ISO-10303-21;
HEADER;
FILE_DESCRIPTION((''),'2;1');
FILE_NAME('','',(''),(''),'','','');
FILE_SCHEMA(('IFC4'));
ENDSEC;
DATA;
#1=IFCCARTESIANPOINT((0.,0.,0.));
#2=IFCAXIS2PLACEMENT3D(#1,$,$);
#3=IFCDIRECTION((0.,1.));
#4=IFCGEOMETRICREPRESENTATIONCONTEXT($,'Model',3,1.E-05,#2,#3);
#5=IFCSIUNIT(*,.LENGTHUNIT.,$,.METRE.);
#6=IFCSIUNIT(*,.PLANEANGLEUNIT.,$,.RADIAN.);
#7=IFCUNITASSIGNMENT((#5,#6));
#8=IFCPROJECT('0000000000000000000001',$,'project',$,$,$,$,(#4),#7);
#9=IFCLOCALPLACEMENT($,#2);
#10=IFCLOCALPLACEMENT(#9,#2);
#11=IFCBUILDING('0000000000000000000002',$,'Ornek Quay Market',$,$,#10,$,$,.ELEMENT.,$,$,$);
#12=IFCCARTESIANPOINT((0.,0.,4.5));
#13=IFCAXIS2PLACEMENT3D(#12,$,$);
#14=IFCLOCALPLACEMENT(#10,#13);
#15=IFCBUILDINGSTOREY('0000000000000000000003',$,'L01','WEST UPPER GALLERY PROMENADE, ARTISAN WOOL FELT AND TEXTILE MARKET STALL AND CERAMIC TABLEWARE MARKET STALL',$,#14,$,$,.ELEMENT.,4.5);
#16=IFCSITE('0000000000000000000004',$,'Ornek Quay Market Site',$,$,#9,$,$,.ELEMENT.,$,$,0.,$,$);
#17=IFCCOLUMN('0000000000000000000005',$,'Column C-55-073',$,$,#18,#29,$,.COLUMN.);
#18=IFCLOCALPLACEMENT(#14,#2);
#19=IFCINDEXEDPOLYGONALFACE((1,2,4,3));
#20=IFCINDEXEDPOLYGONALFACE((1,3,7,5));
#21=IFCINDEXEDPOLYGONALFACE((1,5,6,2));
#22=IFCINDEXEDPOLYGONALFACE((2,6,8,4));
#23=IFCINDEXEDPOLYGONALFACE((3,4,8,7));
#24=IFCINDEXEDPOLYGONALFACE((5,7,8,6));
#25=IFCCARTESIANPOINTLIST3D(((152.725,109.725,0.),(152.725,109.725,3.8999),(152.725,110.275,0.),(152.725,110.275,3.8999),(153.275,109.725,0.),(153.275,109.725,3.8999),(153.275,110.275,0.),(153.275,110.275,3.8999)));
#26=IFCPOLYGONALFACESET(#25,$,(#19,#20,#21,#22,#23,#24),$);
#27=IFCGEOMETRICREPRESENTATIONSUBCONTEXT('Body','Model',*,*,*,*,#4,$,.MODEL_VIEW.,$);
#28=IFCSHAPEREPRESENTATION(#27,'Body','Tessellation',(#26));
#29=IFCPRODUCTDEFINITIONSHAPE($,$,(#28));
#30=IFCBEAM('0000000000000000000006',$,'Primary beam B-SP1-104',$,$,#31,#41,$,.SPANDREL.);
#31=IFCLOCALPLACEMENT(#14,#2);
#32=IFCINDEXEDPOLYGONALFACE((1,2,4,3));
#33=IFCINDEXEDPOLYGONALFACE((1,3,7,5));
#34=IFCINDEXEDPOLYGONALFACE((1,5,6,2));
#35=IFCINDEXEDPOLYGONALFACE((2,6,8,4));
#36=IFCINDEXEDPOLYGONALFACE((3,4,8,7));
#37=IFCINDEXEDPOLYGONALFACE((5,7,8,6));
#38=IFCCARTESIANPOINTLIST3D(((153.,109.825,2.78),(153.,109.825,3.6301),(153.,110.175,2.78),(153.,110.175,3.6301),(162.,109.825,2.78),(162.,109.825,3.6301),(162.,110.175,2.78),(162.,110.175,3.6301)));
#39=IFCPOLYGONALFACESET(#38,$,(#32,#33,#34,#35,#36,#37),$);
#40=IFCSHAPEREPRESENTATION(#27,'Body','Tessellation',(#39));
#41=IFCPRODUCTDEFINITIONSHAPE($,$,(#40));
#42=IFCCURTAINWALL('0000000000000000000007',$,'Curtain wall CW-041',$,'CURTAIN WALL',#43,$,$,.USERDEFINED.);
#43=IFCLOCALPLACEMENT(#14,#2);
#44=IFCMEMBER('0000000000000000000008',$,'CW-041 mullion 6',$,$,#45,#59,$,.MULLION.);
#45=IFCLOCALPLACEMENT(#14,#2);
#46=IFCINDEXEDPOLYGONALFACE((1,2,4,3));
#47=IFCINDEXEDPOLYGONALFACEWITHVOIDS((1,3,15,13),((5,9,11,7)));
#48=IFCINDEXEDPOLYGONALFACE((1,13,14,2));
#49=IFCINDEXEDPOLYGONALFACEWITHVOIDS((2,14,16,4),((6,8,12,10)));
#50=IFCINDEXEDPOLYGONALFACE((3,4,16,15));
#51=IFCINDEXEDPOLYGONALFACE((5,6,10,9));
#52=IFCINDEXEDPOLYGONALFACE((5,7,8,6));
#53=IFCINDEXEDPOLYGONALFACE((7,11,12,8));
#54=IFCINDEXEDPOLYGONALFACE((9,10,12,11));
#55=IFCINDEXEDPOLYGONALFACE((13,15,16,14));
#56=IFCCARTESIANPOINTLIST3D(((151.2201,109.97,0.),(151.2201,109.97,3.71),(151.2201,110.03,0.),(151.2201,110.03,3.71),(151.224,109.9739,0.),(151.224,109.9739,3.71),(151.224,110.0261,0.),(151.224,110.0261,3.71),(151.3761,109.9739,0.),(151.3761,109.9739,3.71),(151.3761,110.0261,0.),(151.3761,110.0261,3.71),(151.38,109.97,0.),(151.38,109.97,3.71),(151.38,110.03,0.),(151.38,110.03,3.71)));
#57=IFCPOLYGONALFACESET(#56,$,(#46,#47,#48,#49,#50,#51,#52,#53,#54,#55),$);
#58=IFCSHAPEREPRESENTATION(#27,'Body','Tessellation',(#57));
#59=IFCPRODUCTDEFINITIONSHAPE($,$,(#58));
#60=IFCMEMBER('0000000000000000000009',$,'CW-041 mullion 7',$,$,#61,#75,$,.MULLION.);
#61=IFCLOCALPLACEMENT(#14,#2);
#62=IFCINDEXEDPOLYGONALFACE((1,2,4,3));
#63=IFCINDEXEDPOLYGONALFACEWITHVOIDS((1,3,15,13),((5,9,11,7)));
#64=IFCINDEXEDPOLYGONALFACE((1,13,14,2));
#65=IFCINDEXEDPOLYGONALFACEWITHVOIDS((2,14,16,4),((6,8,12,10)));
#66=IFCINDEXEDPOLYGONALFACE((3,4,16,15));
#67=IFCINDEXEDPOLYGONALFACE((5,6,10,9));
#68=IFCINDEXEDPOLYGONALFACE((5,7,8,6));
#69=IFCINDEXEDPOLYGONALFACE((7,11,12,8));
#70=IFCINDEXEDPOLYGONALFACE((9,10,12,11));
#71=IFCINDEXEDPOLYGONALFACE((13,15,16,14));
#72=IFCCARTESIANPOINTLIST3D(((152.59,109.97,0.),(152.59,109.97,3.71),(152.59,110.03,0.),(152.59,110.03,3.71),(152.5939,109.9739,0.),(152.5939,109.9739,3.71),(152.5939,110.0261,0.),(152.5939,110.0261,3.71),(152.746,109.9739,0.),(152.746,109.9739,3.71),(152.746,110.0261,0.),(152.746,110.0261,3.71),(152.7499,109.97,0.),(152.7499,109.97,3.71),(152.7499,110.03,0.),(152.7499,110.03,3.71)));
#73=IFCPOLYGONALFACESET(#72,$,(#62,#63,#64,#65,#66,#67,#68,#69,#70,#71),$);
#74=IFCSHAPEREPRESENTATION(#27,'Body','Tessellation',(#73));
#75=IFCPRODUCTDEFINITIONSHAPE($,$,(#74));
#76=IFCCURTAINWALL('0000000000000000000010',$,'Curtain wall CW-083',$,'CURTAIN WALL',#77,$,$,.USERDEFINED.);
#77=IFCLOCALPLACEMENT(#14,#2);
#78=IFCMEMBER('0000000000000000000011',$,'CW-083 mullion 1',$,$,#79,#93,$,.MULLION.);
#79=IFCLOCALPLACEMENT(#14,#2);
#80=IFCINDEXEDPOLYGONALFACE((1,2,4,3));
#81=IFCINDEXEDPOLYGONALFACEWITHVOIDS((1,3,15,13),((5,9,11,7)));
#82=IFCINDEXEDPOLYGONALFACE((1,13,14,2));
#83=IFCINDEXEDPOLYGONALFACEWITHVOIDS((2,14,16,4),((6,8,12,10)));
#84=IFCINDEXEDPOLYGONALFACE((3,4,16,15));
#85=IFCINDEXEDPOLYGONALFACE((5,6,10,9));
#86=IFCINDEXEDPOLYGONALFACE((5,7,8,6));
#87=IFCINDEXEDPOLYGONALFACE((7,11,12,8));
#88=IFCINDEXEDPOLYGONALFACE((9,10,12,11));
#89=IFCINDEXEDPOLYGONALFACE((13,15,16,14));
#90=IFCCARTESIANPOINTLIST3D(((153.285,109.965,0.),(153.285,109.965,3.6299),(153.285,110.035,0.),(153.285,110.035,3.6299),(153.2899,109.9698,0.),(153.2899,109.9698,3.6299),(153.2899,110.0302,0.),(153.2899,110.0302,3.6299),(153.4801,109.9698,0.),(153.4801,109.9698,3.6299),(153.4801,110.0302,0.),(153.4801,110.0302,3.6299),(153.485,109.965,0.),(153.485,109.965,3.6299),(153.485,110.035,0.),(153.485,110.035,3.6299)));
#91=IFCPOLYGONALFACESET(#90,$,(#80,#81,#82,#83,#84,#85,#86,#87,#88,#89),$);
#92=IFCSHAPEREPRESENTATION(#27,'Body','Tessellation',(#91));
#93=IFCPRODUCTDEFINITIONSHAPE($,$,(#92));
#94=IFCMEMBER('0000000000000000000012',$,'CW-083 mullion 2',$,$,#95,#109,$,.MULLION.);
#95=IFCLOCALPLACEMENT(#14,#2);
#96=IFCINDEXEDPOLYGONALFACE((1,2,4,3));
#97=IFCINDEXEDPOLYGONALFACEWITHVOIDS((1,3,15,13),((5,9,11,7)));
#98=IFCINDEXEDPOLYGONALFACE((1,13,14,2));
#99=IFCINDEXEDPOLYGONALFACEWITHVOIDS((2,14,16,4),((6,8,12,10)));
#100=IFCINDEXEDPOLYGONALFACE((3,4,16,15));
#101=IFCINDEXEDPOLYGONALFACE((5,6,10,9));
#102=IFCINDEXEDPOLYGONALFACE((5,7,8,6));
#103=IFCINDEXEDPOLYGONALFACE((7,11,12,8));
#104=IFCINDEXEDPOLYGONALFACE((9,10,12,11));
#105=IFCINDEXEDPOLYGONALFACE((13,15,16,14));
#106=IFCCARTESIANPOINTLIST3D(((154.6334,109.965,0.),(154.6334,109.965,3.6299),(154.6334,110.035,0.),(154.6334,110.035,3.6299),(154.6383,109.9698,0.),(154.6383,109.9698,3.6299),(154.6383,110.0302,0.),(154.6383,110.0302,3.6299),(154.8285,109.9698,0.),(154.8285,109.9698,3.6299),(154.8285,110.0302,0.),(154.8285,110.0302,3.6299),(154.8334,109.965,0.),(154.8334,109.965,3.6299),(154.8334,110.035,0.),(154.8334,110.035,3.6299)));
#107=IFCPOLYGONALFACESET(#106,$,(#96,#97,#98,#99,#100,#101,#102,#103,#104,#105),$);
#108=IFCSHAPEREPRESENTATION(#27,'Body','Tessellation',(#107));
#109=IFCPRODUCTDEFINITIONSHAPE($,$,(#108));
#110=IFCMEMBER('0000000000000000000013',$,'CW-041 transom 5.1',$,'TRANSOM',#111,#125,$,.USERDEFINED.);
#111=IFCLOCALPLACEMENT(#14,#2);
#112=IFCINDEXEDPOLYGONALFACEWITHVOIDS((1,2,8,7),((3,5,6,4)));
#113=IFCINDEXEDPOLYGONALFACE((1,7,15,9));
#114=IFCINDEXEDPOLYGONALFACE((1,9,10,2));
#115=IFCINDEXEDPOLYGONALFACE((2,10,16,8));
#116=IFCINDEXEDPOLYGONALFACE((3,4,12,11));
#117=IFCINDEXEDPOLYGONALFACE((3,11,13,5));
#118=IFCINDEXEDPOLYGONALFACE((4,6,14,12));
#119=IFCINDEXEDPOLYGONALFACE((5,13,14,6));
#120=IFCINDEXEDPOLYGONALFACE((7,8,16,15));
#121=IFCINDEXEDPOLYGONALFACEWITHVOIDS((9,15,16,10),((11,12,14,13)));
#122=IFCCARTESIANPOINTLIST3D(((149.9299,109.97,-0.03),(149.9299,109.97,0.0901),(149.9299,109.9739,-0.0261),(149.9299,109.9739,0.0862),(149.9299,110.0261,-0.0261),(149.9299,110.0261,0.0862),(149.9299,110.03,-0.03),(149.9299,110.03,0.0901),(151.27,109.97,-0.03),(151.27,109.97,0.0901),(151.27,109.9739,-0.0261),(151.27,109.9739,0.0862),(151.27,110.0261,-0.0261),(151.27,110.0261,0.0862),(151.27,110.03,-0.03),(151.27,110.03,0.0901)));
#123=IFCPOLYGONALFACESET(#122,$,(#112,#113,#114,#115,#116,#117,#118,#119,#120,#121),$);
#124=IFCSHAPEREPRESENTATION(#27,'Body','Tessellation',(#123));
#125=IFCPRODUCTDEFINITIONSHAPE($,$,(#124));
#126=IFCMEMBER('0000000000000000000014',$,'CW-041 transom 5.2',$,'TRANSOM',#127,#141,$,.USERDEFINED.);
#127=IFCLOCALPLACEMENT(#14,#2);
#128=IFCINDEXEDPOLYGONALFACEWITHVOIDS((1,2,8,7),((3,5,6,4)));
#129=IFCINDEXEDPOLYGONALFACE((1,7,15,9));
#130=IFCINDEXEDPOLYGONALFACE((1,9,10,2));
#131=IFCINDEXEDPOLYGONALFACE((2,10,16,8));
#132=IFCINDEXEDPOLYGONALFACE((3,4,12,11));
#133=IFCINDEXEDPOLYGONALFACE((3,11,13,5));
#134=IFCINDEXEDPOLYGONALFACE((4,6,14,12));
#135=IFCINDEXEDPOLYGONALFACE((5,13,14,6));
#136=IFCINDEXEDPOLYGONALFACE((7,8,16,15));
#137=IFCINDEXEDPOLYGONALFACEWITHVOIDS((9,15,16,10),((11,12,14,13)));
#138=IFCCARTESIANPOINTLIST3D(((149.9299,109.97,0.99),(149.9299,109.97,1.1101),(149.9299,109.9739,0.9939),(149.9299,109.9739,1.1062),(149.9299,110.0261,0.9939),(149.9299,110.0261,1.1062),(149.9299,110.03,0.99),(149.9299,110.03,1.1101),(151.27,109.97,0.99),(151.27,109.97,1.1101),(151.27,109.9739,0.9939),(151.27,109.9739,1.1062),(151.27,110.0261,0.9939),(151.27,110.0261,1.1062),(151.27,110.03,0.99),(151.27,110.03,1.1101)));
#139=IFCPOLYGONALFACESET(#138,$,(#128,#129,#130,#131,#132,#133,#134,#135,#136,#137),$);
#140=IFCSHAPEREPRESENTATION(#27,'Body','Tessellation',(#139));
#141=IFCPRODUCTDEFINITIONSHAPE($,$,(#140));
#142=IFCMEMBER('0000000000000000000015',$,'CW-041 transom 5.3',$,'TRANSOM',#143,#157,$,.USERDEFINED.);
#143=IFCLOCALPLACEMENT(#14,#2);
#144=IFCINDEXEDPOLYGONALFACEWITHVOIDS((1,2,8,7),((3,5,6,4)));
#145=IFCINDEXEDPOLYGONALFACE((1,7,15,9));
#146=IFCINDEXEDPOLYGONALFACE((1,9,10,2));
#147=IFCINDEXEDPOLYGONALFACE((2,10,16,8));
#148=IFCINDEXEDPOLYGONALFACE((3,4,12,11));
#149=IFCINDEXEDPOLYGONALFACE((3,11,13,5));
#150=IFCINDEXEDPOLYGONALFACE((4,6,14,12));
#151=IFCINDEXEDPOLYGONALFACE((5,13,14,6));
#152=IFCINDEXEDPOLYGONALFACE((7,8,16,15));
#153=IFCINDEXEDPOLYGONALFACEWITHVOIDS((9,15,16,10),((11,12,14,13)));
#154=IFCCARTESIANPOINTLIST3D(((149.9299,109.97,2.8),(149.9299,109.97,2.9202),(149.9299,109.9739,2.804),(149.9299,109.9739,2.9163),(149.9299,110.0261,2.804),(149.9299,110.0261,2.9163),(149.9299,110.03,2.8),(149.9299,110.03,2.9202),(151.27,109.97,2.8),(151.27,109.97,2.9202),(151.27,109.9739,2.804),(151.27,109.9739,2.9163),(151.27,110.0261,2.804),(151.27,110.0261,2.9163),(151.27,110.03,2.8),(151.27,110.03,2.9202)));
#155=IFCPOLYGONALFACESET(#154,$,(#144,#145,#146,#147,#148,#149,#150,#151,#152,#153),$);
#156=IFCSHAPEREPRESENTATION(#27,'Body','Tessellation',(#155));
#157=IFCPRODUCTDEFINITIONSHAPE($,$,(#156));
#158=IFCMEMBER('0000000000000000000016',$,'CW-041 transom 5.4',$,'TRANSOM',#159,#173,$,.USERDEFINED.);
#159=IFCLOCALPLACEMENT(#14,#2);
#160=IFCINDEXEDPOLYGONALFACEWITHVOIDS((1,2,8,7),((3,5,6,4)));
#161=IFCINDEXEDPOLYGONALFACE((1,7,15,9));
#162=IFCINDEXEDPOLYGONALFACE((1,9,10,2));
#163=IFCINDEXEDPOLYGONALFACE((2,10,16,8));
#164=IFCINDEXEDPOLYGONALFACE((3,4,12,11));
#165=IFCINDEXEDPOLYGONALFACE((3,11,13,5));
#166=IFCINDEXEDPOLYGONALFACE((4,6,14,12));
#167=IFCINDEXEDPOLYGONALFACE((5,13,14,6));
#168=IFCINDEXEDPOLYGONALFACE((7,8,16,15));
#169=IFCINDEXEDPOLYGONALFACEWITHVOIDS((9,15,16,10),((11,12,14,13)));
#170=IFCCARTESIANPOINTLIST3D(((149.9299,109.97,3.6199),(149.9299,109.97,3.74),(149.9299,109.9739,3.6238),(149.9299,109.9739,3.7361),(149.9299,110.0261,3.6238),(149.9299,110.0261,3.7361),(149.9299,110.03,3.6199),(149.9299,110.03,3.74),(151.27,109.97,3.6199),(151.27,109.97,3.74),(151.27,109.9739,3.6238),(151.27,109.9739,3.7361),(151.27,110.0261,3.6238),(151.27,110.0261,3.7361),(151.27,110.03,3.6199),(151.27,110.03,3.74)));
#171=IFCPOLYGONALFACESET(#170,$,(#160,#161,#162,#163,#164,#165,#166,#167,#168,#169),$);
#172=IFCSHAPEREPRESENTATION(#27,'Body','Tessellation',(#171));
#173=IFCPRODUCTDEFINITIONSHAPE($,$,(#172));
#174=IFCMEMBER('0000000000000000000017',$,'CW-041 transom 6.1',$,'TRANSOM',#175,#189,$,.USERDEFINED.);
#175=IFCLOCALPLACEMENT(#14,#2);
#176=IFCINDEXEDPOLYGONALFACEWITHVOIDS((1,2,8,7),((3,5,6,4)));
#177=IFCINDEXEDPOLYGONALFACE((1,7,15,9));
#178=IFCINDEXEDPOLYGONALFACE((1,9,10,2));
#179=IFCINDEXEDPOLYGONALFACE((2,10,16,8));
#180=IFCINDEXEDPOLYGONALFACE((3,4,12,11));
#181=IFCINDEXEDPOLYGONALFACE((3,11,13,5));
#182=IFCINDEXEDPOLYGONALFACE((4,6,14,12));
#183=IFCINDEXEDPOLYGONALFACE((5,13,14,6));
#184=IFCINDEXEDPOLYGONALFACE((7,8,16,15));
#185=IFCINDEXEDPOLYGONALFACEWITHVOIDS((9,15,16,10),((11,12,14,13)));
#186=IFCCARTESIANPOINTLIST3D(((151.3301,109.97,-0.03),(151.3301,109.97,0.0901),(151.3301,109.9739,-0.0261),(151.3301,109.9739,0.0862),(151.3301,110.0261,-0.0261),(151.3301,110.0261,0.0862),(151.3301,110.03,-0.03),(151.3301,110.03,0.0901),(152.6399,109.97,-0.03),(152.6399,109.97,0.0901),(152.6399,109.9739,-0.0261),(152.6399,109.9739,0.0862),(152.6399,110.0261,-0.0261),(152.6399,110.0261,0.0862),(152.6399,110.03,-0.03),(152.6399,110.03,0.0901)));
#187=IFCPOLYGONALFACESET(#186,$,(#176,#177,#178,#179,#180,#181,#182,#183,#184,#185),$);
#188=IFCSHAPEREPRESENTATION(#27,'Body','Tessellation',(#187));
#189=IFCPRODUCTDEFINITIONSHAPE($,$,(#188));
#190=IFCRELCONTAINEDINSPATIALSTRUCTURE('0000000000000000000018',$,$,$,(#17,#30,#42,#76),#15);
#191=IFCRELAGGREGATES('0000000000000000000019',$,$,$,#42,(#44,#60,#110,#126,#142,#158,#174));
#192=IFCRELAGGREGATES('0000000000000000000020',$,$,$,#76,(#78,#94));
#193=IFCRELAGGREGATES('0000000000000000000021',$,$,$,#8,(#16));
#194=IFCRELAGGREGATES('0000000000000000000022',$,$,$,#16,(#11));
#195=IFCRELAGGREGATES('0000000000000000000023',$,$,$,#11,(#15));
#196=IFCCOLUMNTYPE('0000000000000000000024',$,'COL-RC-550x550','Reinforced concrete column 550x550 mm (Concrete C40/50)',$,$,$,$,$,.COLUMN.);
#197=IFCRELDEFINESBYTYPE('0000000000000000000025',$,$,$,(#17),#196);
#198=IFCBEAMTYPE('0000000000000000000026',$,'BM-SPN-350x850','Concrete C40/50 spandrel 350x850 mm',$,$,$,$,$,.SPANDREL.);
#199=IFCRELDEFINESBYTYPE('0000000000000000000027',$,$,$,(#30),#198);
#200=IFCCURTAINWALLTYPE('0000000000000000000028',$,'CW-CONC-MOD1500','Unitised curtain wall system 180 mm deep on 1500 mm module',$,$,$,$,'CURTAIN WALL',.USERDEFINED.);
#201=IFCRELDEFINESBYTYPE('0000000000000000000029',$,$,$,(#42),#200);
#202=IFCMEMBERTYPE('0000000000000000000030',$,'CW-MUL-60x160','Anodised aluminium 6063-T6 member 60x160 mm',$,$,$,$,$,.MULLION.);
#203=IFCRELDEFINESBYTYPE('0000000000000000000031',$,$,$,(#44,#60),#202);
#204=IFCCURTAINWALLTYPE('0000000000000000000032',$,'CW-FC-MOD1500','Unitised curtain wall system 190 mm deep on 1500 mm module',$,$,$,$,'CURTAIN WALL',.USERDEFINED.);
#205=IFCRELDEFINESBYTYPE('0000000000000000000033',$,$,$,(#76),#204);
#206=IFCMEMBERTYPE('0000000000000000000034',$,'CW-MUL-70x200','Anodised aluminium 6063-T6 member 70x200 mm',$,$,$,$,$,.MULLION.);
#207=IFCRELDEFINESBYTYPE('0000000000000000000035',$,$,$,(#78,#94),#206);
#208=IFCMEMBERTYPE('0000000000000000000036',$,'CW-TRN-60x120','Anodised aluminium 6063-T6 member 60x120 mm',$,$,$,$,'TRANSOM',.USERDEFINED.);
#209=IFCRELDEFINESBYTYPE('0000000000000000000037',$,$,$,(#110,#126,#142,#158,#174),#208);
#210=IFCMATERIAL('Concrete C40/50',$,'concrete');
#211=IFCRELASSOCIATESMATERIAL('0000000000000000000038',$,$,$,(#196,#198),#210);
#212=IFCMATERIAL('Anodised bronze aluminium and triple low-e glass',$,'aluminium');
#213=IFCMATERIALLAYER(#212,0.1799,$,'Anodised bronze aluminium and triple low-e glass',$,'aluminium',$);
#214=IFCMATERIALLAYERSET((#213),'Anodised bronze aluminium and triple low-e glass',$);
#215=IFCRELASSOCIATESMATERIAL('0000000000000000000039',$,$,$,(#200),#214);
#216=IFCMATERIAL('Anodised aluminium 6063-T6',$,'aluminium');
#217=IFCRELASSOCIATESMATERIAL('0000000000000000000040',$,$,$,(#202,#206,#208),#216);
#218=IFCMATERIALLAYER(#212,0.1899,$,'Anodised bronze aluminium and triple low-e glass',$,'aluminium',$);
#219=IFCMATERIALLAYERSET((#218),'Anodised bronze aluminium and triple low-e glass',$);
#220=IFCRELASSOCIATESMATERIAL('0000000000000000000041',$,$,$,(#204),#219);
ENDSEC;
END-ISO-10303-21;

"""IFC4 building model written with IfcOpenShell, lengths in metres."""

from ifc_helpers import new_model, si_unit, direction, frame, origin, origin_2d, place, context, subcontext, project, spatial, rectangle, hollow_rectangle, extrude, material, layer, layer_set, material_profile, profile_set, type_object, element, aggregate, save


model = new_model("IFC4")

# Units and contexts
model_context = context("Model", 3, precision=1e-05, world=origin(), true_north=direction((0.0, 1.0)))
body_context = subcontext(model_context, "Body", "Model", "MODEL_VIEW")
ifc_project = project(units=[si_unit("LENGTHUNIT", "METRE"), si_unit("PLANEANGLEUNIT", "RADIAN")], contexts=[model_context])

# Site, building, storey
site_placement = place(None, origin())
site = spatial("IfcSite", under=ifc_project, at=site_placement, Name="Ornek Quay Market Site", CompositionType="ELEMENT", RefElevation=0.0)
building_placement = place(site_placement, origin())
building = spatial("IfcBuilding", under=site, at=building_placement, Name="Ornek Quay Market", CompositionType="ELEMENT")
storey_placement = place(building_placement, frame((0.0, 0.0, 4.5)))
storey = spatial("IfcBuildingStorey", under=building, at=storey_placement, Name="L01", Description="WEST UPPER GALLERY PROMENADE, ARTISAN WOOL FELT AND TEXTILE MARKET STALL AND CERAMIC TABLEWARE MARKET STALL", CompositionType="ELEMENT", Elevation=4.5)

# Column
ifc_material_1 = material(Name="Concrete C40/50", Category="concrete")
ifc_material_profile_1 = material_profile(ifc_material_1, rectangle(XDim=0.55, YDim=0.55, at=origin_2d()), Name="RC 550x550", Category="concrete")
ifc_profile_set_1 = profile_set([ifc_material_profile_1], Name="Concrete C40/50")
column_type = type_object("IfcColumnType", Name="COL-RC-550x550", Description="Reinforced concrete column 550x550 mm (Concrete C40/50)", PredefinedType="COLUMN", material=ifc_profile_set_1)
column_placement = place(storey_placement, frame((153.0, 110.0, 0.0), z_axis=(0.0, 0.0, 1.0), x_axis=(1.0, 0.0, 0.0)))
element("IfcColumn", 1, at=column_placement, inside=storey, type_object=column_type, Name="Column C-55-073", PredefinedType="COLUMN", context=body_context, shape_type="SweptSolid", body=[
    extrude(rectangle(XDim=0.55, YDim=0.55, at=origin_2d()), origin(), (0.0, 0.0, 1.0), 3.8999),
])

# Beam
ifc_material_profile_2 = material_profile(ifc_material_1, rectangle(XDim=0.3501, YDim=0.8501, at=origin_2d()), Name="RC 350x850", Category="concrete")
ifc_profile_set_2 = profile_set([ifc_material_profile_2], Name="Concrete C40/50")
beam_type = type_object("IfcBeamType", Name="BM-SPN-350x850", Description="Concrete C40/50 spandrel 350x850 mm", PredefinedType="SPANDREL", material=ifc_profile_set_2)
beam_placement = place(storey_placement, frame((153.0, 110.0, 3.2051), z_axis=(1.0, 0.0, 0.0), x_axis=(0.0, 1.0, 0.0)))
element("IfcBeam", 2, at=beam_placement, inside=storey, type_object=beam_type, Name="Primary beam B-SP1-104", PredefinedType="SPANDREL", context=body_context, shape_type="SweptSolid", body=[
    extrude(rectangle(XDim=0.3501, YDim=0.8501, at=origin_2d()), origin(), (0.0, 0.0, 1.0), 9.0),
])

# Curtain walls, members
ifc_material_2 = material(Name="Anodised bronze aluminium and triple low-e glass", Category="aluminium")
ifc_layer_1 = layer(ifc_material_2, 0.1799, Name="Anodised bronze aluminium and triple low-e glass", Category="aluminium")
ifc_layer_set_1 = layer_set([ifc_layer_1], Name="Anodised bronze aluminium and triple low-e glass")
curtain_wall_type_1 = type_object("IfcCurtainWallType", Name="CW-CONC-MOD1500", Description="Unitised curtain wall system 180 mm deep on 1500 mm module", ElementType="CURTAIN WALL", PredefinedType="USERDEFINED", material=ifc_layer_set_1)
curtain_wall_1_placement = place(storey_placement, origin())
curtain_wall_1 = element("IfcCurtainWall", 3, at=curtain_wall_1_placement, inside=storey, type_object=curtain_wall_type_1, Name="Curtain wall CW-041", ObjectType="CURTAIN WALL", PredefinedType="USERDEFINED")
ifc_material_3 = material(Name="Anodised aluminium 6063-T6", Category="aluminium")
ifc_material_profile_3 = material_profile(ifc_material_3, hollow_rectangle(XDim=0.0601, YDim=0.1599, WallThickness=0.0039, at=origin_2d()), Name="CW-MUL-60x160", Category="aluminium")
ifc_profile_set_3 = profile_set([ifc_material_profile_3], Name="Anodised aluminium 6063-T6")
member_type_1 = type_object("IfcMemberType", Name="CW-MUL-60x160", Description="Anodised aluminium 6063-T6 member 60x160 mm", PredefinedType="MULLION", material=ifc_profile_set_3)
member_1_placement = place(storey_placement, frame((151.3, 110.0, 0.0), z_axis=(0.0, 0.0, 1.0), x_axis=(0.0, 1.0, 0.0)))
member_1 = element("IfcMember", 4, at=member_1_placement, type_object=member_type_1, Name="CW-041 mullion 6", PredefinedType="MULLION", context=body_context, shape_type="SweptSolid", body=[
    extrude(hollow_rectangle(XDim=0.0601, YDim=0.1599, WallThickness=0.0039, at=origin_2d()), origin(), (0.0, 0.0, 1.0), 3.71),
])
member_2_placement = place(storey_placement, frame((152.6699, 110.0, 0.0), z_axis=(0.0, 0.0, 1.0), x_axis=(0.0, 1.0, 0.0)))
member_2 = element("IfcMember", 5, at=member_2_placement, type_object=member_type_1, Name="CW-041 mullion 7", PredefinedType="MULLION", context=body_context, shape_type="SweptSolid", body=[
    extrude(hollow_rectangle(XDim=0.0601, YDim=0.1599, WallThickness=0.0039, at=origin_2d()), origin(), (0.0, 0.0, 1.0), 3.71),
])
ifc_layer_2 = layer(ifc_material_2, 0.1899, Name="Anodised bronze aluminium and triple low-e glass", Category="aluminium")
ifc_layer_set_2 = layer_set([ifc_layer_2], Name="Anodised bronze aluminium and triple low-e glass")
curtain_wall_type_2 = type_object("IfcCurtainWallType", Name="CW-FC-MOD1500", Description="Unitised curtain wall system 190 mm deep on 1500 mm module", ElementType="CURTAIN WALL", PredefinedType="USERDEFINED", material=ifc_layer_set_2)
curtain_wall_2_placement = place(storey_placement, origin())
curtain_wall_2 = element("IfcCurtainWall", 6, at=curtain_wall_2_placement, inside=storey, type_object=curtain_wall_type_2, Name="Curtain wall CW-083", ObjectType="CURTAIN WALL", PredefinedType="USERDEFINED")
ifc_material_profile_4 = material_profile(ifc_material_3, hollow_rectangle(XDim=0.0701, YDim=0.2, WallThickness=0.0049, at=origin_2d()), Name="CW-MUL-70x200", Category="aluminium")
ifc_profile_set_4 = profile_set([ifc_material_profile_4], Name="Anodised aluminium 6063-T6")
member_type_2 = type_object("IfcMemberType", Name="CW-MUL-70x200", Description="Anodised aluminium 6063-T6 member 70x200 mm", PredefinedType="MULLION", material=ifc_profile_set_4)
member_3_placement = place(storey_placement, frame((153.385, 110.0, 0.0), z_axis=(0.0, 0.0, 1.0), x_axis=(0.0, 1.0, 0.0)))
member_3 = element("IfcMember", 7, at=member_3_placement, type_object=member_type_2, Name="CW-083 mullion 1", PredefinedType="MULLION", context=body_context, shape_type="SweptSolid", body=[
    extrude(hollow_rectangle(XDim=0.0701, YDim=0.2, WallThickness=0.0049, at=origin_2d()), origin(), (0.0, 0.0, 1.0), 3.6299),
])
member_4_placement = place(storey_placement, frame((154.7334, 110.0, 0.0), z_axis=(0.0, 0.0, 1.0), x_axis=(0.0, 1.0, 0.0)))
member_4 = element("IfcMember", 8, at=member_4_placement, type_object=member_type_2, Name="CW-083 mullion 2", PredefinedType="MULLION", context=body_context, shape_type="SweptSolid", body=[
    extrude(hollow_rectangle(XDim=0.0701, YDim=0.2, WallThickness=0.0049, at=origin_2d()), origin(), (0.0, 0.0, 1.0), 3.6299),
])

# Members
ifc_material_profile_5 = material_profile(ifc_material_3, hollow_rectangle(XDim=0.0601, YDim=0.1201, WallThickness=0.0039, at=origin_2d()), Name="CW-TRN-60x120", Category="aluminium")
ifc_profile_set_5 = profile_set([ifc_material_profile_5], Name="Anodised aluminium 6063-T6")
member_type_3 = type_object("IfcMemberType", Name="CW-TRN-60x120", Description="Anodised aluminium 6063-T6 member 60x120 mm", ElementType="TRANSOM", PredefinedType="USERDEFINED", material=ifc_profile_set_5)
member_5_placement = place(storey_placement, frame((149.9299, 110.0, 0.03), z_axis=(1.0, 0.0, 0.0), x_axis=(0.0, 1.0, 0.0)))
member_5 = element("IfcMember", 9, at=member_5_placement, type_object=member_type_3, Name="CW-041 transom 5.1", ObjectType="TRANSOM", PredefinedType="USERDEFINED", context=body_context, shape_type="SweptSolid", body=[
    extrude(hollow_rectangle(XDim=0.0601, YDim=0.1201, WallThickness=0.0039, at=origin_2d()), origin(), (0.0, 0.0, 1.0), 1.3401),
])
member_6_placement = place(storey_placement, frame((149.9299, 110.0, 1.05), z_axis=(1.0, 0.0, 0.0), x_axis=(0.0, 1.0, 0.0)))
member_6 = element("IfcMember", 10, at=member_6_placement, type_object=member_type_3, Name="CW-041 transom 5.2", ObjectType="TRANSOM", PredefinedType="USERDEFINED", context=body_context, shape_type="SweptSolid", body=[
    extrude(hollow_rectangle(XDim=0.0601, YDim=0.1201, WallThickness=0.0039, at=origin_2d()), origin(), (0.0, 0.0, 1.0), 1.3401),
])
member_7_placement = place(storey_placement, frame((149.9299, 110.0, 2.8601), z_axis=(1.0, 0.0, 0.0), x_axis=(0.0, 1.0, 0.0)))
member_7 = element("IfcMember", 11, at=member_7_placement, type_object=member_type_3, Name="CW-041 transom 5.3", ObjectType="TRANSOM", PredefinedType="USERDEFINED", context=body_context, shape_type="SweptSolid", body=[
    extrude(hollow_rectangle(XDim=0.0601, YDim=0.1201, WallThickness=0.0039, at=origin_2d()), origin(), (0.0, 0.0, 1.0), 1.3401),
])
member_8_placement = place(storey_placement, frame((149.9299, 110.0, 3.6799), z_axis=(1.0, 0.0, 0.0), x_axis=(0.0, 1.0, 0.0)))
member_8 = element("IfcMember", 12, at=member_8_placement, type_object=member_type_3, Name="CW-041 transom 5.4", ObjectType="TRANSOM", PredefinedType="USERDEFINED", context=body_context, shape_type="SweptSolid", body=[
    extrude(hollow_rectangle(XDim=0.0601, YDim=0.1201, WallThickness=0.0039, at=origin_2d()), origin(), (0.0, 0.0, 1.0), 1.3401),
])
member_9_placement = place(storey_placement, frame((151.3301, 110.0, 0.03), z_axis=(1.0, 0.0, 0.0), x_axis=(0.0, 1.0, 0.0)))
member_9 = element("IfcMember", 13, at=member_9_placement, type_object=member_type_3, Name="CW-041 transom 6.1", ObjectType="TRANSOM", PredefinedType="USERDEFINED", context=body_context, shape_type="SweptSolid", body=[
    extrude(hollow_rectangle(XDim=0.0601, YDim=0.1201, WallThickness=0.0039, at=origin_2d()), origin(), (0.0, 0.0, 1.0), 1.3098),
])

aggregate(curtain_wall_1, [member_1, member_2, member_5, member_6, member_7, member_8, member_9])
aggregate(curtain_wall_2, [member_3, member_4])

save(model, "model.ifc")
